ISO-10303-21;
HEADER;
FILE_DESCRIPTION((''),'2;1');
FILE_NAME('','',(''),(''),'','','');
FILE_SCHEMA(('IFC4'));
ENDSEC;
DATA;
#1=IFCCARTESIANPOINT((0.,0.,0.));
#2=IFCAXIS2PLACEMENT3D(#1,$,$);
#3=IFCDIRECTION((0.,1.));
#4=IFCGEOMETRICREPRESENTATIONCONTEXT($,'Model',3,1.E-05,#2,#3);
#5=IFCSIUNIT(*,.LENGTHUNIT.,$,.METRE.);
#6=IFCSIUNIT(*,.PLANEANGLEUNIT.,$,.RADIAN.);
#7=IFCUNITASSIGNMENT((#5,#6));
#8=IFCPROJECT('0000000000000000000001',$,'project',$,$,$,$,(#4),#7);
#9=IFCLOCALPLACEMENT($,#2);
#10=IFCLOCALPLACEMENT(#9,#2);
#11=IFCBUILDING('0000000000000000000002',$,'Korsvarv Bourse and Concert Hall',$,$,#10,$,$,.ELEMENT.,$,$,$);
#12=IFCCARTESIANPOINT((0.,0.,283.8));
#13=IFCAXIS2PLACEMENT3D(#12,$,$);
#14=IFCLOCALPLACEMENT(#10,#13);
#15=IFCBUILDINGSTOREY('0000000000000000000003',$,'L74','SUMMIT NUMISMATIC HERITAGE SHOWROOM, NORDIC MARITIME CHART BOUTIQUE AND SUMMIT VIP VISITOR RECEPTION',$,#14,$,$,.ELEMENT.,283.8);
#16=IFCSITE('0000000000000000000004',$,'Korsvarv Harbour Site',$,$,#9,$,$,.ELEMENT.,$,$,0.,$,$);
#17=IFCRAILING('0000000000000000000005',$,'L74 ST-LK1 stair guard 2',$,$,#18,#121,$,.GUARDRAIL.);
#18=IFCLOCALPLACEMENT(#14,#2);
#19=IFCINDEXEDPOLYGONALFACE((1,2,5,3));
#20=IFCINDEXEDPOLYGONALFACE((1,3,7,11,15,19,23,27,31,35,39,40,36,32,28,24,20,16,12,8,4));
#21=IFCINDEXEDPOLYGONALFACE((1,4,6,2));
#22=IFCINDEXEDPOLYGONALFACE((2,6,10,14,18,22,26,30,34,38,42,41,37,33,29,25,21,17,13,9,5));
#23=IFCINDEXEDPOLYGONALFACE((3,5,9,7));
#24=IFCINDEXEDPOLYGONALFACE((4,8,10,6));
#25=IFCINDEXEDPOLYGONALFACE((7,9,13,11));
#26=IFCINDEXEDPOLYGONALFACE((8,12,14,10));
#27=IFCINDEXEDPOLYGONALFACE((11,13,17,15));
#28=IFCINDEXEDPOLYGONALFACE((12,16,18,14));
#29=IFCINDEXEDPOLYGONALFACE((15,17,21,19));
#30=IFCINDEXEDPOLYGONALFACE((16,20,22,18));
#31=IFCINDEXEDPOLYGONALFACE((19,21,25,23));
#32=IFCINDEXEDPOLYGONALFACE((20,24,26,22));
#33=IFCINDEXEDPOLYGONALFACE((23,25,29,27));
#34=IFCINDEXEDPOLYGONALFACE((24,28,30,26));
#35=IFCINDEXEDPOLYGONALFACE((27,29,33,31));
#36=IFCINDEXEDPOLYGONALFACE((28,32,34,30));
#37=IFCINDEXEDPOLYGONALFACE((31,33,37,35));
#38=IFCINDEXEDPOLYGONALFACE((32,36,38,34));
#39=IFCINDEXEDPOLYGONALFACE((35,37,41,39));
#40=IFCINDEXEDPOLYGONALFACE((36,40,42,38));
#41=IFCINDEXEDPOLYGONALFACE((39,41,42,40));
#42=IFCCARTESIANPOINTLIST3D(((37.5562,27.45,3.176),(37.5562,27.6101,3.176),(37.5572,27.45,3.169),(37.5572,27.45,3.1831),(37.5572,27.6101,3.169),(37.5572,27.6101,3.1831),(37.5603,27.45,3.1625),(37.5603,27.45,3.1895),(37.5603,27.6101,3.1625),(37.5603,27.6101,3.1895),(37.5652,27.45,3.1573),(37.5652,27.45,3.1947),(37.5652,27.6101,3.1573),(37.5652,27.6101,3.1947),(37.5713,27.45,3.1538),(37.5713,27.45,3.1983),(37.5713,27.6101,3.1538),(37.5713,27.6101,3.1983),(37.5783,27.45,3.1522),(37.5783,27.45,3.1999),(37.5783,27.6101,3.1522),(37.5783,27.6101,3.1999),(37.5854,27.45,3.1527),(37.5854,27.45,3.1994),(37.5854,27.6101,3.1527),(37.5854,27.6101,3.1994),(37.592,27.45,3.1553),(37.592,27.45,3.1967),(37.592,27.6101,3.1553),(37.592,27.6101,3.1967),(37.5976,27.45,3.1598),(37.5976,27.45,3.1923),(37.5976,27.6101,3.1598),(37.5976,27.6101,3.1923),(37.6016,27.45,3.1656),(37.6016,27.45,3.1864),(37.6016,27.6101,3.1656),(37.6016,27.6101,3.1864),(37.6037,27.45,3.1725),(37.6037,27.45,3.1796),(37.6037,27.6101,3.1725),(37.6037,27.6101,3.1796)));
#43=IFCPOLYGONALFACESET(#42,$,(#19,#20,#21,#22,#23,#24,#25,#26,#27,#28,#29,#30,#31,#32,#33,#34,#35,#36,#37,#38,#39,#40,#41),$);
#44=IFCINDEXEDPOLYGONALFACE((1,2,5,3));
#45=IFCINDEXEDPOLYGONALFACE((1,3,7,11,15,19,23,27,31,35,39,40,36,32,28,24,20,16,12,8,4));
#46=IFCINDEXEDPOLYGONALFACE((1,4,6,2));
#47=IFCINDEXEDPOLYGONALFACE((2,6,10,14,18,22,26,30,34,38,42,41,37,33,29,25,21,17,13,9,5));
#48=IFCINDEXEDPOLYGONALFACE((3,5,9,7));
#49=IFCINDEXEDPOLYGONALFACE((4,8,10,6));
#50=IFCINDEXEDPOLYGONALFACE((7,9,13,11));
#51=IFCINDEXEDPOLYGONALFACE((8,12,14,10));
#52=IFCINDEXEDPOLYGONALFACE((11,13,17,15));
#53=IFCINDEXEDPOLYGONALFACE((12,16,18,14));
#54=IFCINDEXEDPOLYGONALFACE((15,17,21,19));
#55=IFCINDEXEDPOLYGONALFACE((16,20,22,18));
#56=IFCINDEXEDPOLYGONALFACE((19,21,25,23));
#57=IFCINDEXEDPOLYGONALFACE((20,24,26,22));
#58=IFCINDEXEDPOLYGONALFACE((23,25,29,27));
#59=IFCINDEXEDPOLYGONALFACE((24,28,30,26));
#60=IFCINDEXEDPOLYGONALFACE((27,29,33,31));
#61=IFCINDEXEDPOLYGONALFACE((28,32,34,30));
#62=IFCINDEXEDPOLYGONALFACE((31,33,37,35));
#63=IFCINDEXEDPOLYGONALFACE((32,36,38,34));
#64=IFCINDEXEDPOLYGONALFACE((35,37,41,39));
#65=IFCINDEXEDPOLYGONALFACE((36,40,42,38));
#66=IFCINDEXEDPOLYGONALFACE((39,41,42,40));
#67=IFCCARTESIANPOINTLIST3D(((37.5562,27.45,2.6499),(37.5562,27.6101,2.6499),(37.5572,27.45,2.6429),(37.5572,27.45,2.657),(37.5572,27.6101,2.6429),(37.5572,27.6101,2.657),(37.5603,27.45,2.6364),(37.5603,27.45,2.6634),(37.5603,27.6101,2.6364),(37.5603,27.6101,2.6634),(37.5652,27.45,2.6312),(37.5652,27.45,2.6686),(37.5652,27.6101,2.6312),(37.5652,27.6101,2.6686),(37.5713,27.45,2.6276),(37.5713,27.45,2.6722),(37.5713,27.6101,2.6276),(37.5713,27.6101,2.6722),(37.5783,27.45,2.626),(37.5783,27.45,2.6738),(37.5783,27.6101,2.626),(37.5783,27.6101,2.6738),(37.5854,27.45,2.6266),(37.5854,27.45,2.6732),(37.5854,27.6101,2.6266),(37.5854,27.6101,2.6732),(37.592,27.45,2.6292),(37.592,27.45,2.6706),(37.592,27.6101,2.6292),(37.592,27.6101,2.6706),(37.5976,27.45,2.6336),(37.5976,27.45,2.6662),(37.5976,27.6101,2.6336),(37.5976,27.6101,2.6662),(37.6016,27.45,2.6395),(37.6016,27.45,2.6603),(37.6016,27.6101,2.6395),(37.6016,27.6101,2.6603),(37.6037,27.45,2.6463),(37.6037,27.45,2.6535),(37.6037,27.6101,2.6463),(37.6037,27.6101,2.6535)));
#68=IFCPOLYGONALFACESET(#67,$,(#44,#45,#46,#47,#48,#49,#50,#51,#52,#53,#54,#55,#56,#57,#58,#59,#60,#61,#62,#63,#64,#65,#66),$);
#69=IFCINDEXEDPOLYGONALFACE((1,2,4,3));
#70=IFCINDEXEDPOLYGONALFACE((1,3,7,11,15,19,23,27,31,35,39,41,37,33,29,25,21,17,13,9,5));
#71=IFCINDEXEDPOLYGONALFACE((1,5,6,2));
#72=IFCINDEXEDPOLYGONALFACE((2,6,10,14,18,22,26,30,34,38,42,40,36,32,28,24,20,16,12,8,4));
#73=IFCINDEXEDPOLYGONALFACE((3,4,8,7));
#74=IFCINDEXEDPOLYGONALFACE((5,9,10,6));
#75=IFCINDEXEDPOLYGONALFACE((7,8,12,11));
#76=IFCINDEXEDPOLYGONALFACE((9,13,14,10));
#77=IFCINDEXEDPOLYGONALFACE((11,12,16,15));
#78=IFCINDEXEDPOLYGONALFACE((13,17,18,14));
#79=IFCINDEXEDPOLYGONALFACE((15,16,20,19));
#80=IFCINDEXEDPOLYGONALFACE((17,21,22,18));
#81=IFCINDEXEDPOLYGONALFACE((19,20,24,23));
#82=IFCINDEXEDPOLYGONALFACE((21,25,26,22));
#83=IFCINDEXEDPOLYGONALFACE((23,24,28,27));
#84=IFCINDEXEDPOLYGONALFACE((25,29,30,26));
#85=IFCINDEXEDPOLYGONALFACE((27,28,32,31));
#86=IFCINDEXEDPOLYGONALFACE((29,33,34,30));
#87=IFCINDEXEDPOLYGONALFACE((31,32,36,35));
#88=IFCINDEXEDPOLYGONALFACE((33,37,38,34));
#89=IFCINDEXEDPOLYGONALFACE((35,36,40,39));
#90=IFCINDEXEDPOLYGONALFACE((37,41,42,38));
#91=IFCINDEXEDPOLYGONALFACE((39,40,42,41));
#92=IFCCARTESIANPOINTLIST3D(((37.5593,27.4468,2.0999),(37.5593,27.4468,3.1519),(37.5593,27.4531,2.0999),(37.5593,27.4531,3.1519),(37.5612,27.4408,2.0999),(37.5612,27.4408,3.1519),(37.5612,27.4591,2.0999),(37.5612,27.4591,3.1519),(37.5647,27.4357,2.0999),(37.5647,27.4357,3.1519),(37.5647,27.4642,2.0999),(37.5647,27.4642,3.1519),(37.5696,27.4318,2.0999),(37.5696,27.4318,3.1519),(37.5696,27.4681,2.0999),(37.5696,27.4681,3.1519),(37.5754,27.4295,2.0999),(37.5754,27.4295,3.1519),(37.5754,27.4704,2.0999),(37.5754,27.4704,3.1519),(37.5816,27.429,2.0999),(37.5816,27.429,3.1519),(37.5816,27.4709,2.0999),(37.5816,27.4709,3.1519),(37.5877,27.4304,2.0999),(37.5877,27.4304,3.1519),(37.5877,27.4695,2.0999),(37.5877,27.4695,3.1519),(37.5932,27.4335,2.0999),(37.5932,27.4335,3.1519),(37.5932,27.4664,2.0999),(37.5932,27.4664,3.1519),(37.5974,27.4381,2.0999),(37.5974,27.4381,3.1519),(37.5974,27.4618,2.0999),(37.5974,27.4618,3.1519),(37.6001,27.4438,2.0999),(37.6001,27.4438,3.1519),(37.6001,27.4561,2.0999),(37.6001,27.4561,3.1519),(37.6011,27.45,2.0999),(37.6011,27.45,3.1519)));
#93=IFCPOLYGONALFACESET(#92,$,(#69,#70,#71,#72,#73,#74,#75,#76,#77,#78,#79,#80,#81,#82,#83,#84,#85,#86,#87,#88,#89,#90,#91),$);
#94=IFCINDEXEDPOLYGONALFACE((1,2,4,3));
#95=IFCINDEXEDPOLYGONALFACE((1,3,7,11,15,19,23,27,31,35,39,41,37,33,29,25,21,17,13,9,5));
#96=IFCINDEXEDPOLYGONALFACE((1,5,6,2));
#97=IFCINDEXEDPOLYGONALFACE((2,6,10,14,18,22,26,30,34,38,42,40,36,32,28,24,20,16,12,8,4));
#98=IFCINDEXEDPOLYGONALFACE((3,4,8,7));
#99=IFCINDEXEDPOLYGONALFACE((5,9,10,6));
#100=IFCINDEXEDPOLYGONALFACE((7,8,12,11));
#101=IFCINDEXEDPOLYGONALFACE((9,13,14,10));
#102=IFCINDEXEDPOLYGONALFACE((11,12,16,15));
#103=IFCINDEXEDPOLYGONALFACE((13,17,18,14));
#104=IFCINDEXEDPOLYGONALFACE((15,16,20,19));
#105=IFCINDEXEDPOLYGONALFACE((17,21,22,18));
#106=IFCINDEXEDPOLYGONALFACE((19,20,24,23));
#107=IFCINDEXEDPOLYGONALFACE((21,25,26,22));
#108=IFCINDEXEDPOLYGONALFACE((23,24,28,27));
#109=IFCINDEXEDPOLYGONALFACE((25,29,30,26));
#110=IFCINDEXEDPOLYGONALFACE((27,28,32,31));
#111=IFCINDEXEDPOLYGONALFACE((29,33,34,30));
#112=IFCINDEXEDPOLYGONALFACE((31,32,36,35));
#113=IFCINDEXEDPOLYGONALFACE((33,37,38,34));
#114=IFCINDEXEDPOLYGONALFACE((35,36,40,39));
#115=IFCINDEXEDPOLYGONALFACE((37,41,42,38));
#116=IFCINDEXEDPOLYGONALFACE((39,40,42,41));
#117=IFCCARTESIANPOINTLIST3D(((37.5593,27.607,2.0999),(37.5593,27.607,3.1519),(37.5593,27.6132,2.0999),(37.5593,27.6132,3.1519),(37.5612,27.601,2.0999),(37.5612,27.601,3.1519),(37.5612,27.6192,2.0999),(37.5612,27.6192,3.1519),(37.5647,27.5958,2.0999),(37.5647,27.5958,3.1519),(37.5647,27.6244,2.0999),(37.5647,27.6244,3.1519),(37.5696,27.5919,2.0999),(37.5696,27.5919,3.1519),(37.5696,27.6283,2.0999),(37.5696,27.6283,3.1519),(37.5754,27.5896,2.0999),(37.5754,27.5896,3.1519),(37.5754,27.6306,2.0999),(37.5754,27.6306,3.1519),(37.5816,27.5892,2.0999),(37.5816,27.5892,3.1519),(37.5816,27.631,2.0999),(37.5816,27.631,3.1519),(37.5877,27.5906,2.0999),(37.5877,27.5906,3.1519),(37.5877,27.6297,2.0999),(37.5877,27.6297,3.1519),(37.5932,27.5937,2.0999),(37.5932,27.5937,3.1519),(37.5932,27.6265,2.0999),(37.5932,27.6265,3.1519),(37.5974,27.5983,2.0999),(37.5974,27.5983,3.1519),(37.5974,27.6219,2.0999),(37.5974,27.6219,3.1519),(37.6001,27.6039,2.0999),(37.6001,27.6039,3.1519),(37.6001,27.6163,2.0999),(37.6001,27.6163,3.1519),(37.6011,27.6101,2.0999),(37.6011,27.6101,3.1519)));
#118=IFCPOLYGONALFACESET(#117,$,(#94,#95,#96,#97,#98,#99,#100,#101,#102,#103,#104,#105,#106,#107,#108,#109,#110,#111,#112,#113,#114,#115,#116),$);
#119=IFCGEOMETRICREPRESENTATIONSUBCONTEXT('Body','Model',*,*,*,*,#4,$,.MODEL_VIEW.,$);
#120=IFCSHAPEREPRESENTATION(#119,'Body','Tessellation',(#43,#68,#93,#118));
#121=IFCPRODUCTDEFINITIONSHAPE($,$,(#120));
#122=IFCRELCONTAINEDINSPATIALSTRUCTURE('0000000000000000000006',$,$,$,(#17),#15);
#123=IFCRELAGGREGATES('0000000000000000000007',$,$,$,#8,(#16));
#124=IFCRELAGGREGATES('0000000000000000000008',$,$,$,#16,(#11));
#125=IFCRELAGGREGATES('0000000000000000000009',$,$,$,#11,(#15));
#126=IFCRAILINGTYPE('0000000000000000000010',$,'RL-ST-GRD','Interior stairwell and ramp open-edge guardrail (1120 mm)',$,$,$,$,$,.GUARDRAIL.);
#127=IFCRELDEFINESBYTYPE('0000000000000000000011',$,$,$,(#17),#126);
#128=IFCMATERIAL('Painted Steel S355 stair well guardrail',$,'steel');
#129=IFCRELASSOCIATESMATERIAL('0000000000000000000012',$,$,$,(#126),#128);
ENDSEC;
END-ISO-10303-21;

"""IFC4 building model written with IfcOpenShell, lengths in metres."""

from ifc_helpers import new_model, si_unit, direction, frame, origin, origin_2d, place, context, subcontext, project, spatial, circle, extrude, material, type_object, element, save


model = new_model("IFC4")

# Units and contexts
model_context = context("Model", 3, precision=1e-05, world=origin(), true_north=direction((0.0, 1.0)))
body_context = subcontext(model_context, "Body", "Model", "MODEL_VIEW")
ifc_project = project(units=[si_unit("LENGTHUNIT", "METRE"), si_unit("PLANEANGLEUNIT", "RADIAN")], contexts=[model_context])

# Site, building, storey
site_placement = place(None, origin())
site = spatial("IfcSite", under=ifc_project, at=site_placement, Name="Korsvarv Harbour Site", CompositionType="ELEMENT", RefElevation=0.0)
building_placement = place(site_placement, origin())
building = spatial("IfcBuilding", under=site, at=building_placement, Name="Korsvarv Bourse and Concert Hall", CompositionType="ELEMENT")
storey_placement = place(building_placement, frame((0.0, 0.0, 283.8)))
storey = spatial("IfcBuildingStorey", under=building, at=storey_placement, Name="L74", Description="SUMMIT NUMISMATIC HERITAGE SHOWROOM, NORDIC MARITIME CHART BOUTIQUE AND SUMMIT VIP VISITOR RECEPTION", CompositionType="ELEMENT", Elevation=283.8)

# Railing
ifc_material_1 = material(Name="Painted Steel S355 stair well guardrail", Category="steel")
railing_type_1 = type_object("IfcRailingType", Name="RL-ST-GRD", Description="Interior stairwell and ramp open-edge guardrail (1120 mm)", PredefinedType="GUARDRAIL", material=ifc_material_1)
railing_1_placement = place(storey_placement, frame((37.5801, 27.45, 2.0999)))
element("IfcRailing", 1, at=railing_1_placement, inside=storey, type_object=railing_type_1, Name="L74 ST-LK1 stair guard 2", PredefinedType="GUARDRAIL", context=body_context, shape_type="SweptSolid", body=[
    extrude(circle(Radius=0.0239, at=origin_2d()), frame((0.0, 0.0, 1.0762), z_axis=(0.0, 1.0, 0.0), x_axis=(-1.0, 0.0, 0.0)), (0.0, 0.0, 1.0), 0.1602),
    extrude(circle(Radius=0.0239, at=origin_2d()), frame((0.0, 0.0, 0.55), z_axis=(0.0, 1.0, 0.0), x_axis=(-1.0, 0.0, 0.0)), (0.0, 0.0, 1.0), 0.1602),
    extrude(circle(Radius=0.021, at=origin_2d()), origin(), (0.0, 0.0, 1.0), 1.052),
    extrude(circle(Radius=0.021, at=origin_2d()), frame((0.0, 0.1602, 0.0)), (0.0, 0.0, 1.0), 1.052),
])

save(model, "model.ifc")
